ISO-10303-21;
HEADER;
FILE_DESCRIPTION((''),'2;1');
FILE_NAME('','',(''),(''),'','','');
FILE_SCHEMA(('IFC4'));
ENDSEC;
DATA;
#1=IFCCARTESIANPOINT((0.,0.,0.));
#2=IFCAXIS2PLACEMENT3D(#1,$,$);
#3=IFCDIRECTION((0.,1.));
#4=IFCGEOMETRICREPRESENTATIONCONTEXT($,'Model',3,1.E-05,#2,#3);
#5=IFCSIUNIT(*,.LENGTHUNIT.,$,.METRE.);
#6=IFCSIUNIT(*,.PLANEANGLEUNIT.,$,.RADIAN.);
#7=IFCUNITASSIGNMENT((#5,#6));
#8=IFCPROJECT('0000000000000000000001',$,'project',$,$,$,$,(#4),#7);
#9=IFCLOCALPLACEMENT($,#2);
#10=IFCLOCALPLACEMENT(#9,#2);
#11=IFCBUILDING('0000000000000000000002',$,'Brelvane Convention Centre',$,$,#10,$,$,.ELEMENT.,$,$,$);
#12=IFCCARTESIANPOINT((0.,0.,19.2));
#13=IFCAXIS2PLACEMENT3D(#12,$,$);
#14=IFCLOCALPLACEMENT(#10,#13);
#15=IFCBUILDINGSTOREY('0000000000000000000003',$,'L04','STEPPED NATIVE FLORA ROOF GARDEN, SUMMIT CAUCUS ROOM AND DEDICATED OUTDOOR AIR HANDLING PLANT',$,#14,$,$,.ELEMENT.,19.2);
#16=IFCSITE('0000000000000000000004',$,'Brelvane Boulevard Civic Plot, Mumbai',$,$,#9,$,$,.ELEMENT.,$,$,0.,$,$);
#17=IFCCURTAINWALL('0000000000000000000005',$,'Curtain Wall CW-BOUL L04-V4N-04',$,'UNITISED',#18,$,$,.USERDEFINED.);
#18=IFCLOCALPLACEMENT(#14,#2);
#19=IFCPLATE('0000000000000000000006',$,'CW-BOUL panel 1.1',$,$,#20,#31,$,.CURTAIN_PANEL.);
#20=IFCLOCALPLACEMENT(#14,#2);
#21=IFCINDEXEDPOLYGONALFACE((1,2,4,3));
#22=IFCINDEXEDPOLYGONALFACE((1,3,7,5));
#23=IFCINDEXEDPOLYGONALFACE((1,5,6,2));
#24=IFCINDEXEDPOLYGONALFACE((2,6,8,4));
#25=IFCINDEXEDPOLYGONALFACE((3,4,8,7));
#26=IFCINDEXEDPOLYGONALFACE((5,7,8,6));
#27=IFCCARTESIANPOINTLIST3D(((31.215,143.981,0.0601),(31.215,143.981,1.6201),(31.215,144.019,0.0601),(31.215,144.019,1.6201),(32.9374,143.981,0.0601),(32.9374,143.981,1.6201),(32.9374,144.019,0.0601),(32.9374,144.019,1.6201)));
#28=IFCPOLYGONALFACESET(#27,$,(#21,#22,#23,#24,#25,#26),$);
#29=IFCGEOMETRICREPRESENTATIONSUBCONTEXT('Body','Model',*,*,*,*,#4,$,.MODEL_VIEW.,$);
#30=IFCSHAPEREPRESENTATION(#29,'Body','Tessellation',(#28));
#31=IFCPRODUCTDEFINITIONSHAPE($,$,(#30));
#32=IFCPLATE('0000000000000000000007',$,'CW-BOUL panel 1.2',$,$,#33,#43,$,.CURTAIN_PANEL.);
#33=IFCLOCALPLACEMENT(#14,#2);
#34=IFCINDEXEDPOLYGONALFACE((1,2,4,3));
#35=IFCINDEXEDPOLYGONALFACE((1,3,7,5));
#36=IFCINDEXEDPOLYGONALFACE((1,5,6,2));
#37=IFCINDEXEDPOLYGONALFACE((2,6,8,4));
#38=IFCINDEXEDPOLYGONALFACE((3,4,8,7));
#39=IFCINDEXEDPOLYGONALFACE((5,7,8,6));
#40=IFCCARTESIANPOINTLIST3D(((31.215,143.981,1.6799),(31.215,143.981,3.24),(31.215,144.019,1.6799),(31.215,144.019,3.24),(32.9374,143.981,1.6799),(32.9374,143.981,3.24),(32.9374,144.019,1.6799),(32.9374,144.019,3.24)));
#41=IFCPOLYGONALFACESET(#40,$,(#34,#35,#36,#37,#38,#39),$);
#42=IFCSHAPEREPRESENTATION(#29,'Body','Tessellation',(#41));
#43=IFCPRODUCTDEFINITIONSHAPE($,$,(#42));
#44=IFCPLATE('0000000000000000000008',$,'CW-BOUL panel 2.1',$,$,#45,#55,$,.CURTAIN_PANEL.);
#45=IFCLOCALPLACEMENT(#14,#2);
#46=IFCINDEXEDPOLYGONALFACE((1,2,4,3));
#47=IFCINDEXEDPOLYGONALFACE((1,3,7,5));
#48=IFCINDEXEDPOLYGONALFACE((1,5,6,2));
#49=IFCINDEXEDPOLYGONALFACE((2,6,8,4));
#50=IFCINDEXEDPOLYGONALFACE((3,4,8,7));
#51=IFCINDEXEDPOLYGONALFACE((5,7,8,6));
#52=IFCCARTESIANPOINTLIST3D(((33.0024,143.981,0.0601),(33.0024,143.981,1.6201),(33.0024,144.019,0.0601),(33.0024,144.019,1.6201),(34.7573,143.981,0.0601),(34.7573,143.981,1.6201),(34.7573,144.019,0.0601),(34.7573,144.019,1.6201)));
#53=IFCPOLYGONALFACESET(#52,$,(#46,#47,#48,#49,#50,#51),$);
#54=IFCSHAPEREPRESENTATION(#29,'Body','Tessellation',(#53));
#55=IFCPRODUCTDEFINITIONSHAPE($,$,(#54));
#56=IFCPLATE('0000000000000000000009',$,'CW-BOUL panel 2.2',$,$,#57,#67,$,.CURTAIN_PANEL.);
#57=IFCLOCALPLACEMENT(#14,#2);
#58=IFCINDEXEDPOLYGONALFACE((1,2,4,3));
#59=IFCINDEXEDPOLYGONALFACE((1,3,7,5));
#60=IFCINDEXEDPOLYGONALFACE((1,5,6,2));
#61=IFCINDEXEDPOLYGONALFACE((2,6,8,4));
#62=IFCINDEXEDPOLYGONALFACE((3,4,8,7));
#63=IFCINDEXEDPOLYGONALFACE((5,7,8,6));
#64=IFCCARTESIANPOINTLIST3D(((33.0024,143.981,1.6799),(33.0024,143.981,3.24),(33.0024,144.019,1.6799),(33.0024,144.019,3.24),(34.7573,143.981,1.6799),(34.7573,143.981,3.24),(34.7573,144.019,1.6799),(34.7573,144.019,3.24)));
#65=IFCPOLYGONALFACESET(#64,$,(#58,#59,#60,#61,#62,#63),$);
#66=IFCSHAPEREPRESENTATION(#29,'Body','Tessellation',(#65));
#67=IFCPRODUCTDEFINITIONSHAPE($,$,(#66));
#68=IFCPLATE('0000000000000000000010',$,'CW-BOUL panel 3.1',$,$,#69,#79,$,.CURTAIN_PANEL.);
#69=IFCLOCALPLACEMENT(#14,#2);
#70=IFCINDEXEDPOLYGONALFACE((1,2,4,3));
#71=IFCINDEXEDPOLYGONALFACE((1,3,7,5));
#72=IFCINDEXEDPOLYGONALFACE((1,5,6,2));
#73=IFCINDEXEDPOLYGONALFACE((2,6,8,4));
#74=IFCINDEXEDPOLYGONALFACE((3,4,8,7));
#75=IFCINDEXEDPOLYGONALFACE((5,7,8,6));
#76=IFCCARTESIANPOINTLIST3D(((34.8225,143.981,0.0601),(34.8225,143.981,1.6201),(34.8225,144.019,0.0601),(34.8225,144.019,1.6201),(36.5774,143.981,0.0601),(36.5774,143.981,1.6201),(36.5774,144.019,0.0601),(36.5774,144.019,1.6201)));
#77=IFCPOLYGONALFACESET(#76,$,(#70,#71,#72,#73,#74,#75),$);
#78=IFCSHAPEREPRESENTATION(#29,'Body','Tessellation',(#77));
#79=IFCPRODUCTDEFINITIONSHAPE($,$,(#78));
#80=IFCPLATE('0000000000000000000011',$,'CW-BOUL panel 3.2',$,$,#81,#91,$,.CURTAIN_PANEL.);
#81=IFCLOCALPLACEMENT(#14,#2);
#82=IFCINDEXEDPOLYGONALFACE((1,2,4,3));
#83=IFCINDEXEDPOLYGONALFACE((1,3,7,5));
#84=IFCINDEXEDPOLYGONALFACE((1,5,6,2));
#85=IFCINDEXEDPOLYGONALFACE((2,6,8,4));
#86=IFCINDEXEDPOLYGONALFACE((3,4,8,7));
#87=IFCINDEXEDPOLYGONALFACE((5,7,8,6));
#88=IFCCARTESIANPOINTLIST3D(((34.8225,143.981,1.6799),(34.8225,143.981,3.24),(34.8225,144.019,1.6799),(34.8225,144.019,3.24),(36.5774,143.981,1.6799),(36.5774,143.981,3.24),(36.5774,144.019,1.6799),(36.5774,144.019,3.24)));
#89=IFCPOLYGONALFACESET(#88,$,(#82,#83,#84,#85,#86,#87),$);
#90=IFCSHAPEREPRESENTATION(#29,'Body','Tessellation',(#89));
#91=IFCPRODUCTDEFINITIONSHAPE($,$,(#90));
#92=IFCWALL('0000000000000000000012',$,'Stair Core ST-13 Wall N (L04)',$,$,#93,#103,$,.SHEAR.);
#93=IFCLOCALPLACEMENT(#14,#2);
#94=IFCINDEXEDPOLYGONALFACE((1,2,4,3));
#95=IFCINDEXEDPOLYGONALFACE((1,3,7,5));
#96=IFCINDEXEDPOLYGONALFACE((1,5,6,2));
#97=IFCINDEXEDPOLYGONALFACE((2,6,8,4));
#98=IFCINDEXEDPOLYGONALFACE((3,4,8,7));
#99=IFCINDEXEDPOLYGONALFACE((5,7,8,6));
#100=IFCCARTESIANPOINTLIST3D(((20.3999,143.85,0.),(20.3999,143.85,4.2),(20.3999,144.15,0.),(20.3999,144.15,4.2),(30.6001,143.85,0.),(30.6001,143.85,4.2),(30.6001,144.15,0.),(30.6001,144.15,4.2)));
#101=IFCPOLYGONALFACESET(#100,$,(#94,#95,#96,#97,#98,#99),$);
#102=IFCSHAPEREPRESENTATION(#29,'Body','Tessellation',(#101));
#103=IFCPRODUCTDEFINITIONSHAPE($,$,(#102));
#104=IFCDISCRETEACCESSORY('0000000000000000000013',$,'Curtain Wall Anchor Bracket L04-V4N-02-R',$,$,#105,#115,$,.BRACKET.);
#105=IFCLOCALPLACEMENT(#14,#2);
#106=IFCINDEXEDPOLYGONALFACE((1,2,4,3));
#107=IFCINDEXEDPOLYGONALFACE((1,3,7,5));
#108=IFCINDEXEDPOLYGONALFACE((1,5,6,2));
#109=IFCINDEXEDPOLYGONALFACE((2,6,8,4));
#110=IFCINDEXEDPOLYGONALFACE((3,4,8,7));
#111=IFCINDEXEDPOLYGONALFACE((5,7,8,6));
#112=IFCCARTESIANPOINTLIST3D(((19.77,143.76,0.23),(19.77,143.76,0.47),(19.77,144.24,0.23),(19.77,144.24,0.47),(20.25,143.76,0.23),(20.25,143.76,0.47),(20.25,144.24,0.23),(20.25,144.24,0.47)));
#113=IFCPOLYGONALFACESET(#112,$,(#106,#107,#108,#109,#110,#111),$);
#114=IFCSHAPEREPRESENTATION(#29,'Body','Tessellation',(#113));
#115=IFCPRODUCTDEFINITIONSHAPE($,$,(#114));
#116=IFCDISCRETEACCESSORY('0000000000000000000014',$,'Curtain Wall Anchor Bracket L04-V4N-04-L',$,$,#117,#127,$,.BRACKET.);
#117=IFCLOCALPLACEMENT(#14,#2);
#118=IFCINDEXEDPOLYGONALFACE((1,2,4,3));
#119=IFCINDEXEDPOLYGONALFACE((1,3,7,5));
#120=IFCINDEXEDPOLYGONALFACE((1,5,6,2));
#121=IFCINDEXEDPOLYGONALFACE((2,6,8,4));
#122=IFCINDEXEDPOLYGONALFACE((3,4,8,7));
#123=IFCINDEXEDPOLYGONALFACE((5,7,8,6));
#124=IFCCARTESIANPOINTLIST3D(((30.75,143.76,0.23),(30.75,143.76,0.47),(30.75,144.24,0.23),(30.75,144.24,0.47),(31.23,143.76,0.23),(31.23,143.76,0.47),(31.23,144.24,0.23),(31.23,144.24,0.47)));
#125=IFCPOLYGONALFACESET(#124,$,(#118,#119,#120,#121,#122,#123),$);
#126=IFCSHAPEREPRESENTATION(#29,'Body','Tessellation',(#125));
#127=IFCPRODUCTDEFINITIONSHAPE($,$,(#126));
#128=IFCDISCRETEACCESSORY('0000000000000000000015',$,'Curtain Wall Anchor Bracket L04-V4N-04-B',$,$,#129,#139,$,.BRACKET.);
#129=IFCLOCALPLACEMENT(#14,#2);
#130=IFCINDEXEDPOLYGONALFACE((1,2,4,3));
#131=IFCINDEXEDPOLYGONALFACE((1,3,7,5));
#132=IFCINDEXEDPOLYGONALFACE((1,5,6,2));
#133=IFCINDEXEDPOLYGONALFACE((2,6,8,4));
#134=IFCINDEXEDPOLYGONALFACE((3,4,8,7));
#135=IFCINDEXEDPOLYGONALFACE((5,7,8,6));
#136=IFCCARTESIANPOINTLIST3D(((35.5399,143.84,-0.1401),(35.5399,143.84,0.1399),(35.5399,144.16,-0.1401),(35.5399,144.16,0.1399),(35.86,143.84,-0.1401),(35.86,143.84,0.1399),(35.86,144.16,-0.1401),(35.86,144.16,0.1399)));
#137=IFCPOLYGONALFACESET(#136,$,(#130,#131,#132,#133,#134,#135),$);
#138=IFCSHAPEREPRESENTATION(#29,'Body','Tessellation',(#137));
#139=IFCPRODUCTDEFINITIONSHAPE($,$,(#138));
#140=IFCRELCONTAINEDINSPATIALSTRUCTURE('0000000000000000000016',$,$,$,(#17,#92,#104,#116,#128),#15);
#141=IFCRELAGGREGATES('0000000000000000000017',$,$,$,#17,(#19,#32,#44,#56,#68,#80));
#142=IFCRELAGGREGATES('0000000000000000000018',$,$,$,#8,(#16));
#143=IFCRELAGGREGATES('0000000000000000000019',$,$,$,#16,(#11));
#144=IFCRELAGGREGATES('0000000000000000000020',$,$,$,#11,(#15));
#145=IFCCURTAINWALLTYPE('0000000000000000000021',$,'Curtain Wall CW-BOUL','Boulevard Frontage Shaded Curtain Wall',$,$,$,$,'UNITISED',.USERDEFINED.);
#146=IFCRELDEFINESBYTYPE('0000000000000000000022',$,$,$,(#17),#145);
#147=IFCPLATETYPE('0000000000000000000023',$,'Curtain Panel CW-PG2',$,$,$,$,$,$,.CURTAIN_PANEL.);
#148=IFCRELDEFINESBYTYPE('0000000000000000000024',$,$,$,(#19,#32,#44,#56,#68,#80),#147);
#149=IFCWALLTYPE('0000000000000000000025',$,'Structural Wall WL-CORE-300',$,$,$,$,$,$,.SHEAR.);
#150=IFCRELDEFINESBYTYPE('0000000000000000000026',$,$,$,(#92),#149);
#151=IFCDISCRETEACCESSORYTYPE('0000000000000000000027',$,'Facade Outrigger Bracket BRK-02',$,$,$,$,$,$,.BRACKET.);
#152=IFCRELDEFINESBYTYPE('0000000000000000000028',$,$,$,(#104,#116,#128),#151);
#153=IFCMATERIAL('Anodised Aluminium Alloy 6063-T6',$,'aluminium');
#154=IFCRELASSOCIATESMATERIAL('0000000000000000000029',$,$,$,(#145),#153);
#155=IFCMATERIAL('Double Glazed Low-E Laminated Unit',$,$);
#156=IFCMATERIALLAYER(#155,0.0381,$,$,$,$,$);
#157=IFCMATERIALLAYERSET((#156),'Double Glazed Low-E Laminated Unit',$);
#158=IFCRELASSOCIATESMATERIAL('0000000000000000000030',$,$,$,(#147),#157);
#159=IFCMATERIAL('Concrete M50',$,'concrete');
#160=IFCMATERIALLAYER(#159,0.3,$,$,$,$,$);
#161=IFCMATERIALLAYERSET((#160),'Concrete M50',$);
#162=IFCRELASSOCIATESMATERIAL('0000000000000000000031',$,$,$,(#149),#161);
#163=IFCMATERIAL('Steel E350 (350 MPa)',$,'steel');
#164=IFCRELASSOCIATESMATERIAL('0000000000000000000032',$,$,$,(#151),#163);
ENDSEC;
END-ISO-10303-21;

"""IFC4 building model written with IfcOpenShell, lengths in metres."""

from ifc_helpers import new_model, si_unit, direction, frame, frame_2d, origin, origin_2d, place, context, subcontext, project, spatial, rectangle, extrude, material, layer, layer_set, type_object, element, aggregate, save


model = new_model("IFC4")

# Units and contexts
model_context = context("Model", 3, precision=1e-05, world=origin(), true_north=direction((0.0, 1.0)))
body_context = subcontext(model_context, "Body", "Model", "MODEL_VIEW")
ifc_project = project(units=[si_unit("LENGTHUNIT", "METRE"), si_unit("PLANEANGLEUNIT", "RADIAN")], contexts=[model_context])

# Site, building, storey
site_placement = place(None, origin())
site = spatial("IfcSite", under=ifc_project, at=site_placement, Name="Brelvane Boulevard Civic Plot, Mumbai", CompositionType="ELEMENT", RefElevation=0.0)
building_placement = place(site_placement, origin())
building = spatial("IfcBuilding", under=site, at=building_placement, Name="Brelvane Convention Centre", CompositionType="ELEMENT")
storey_placement = place(building_placement, frame((0.0, 0.0, 19.2)))
storey = spatial("IfcBuildingStorey", under=building, at=storey_placement, Name="L04", Description="STEPPED NATIVE FLORA ROOF GARDEN, SUMMIT CAUCUS ROOM AND DEDICATED OUTDOOR AIR HANDLING PLANT", CompositionType="ELEMENT", Elevation=19.2)

# Shared definitions
ifc_material_1 = material(Name="Anodised Aluminium Alloy 6063-T6", Category="aluminium")
curtain_wall_type = type_object("IfcCurtainWallType", Name="Curtain Wall CW-BOUL", Description="Boulevard Frontage Shaded Curtain Wall", ElementType="UNITISED", PredefinedType="USERDEFINED", material=ifc_material_1)

# Curtain wall
curtain_wall_1_placement = place(storey_placement, origin())
curtain_wall_1 = element("IfcCurtainWall", 1, at=curtain_wall_1_placement, inside=storey, type_object=curtain_wall_type, Name="Curtain Wall CW-BOUL L04-V4N-04", ObjectType="UNITISED", PredefinedType="USERDEFINED")

# Plates
ifc_material_2 = material(Name="Double Glazed Low-E Laminated Unit")
ifc_layer_1 = layer(ifc_material_2, 0.0381)
ifc_layer_set_1 = layer_set([ifc_layer_1], Name="Double Glazed Low-E Laminated Unit")
plate_type = type_object("IfcPlateType", Name="Curtain Panel CW-PG2", PredefinedType="CURTAIN_PANEL", material=ifc_layer_set_1)
plate_1_placement = place(storey_placement, frame((32.0762, 144.0, 0.0601), z_axis=(0.0, 0.0, 1.0), x_axis=(1.0, 0.0, 0.0)))
plate_1 = element("IfcPlate", 2, at=plate_1_placement, type_object=plate_type, Name="CW-BOUL panel 1.1", PredefinedType="CURTAIN_PANEL", context=body_context, shape_type="SweptSolid", body=[
    extrude(rectangle(XDim=1.7224, YDim=0.0381, at=origin_2d()), origin(), (0.0, 0.0, 1.0), 1.5601),
])
plate_2_placement = place(storey_placement, frame((32.0762, 144.0, 1.6799), z_axis=(0.0, 0.0, 1.0), x_axis=(1.0, 0.0, 0.0)))
plate_2 = element("IfcPlate", 3, at=plate_2_placement, type_object=plate_type, Name="CW-BOUL panel 1.2", PredefinedType="CURTAIN_PANEL", context=body_context, shape_type="SweptSolid", body=[
    extrude(rectangle(XDim=1.7224, YDim=0.0381, at=origin_2d()), origin(), (0.0, 0.0, 1.0), 1.5601),
])
plate_3_placement = place(storey_placement, frame((33.8799, 144.0, 0.0601), z_axis=(0.0, 0.0, 1.0), x_axis=(1.0, 0.0, 0.0)))
plate_3 = element("IfcPlate", 4, at=plate_3_placement, type_object=plate_type, Name="CW-BOUL panel 2.1", PredefinedType="CURTAIN_PANEL", context=body_context, shape_type="SweptSolid", body=[
    extrude(rectangle(XDim=1.7549, YDim=0.0381, at=origin_2d()), origin(), (0.0, 0.0, 1.0), 1.5601),
])
plate_4_placement = place(storey_placement, frame((33.8799, 144.0, 1.6799), z_axis=(0.0, 0.0, 1.0), x_axis=(1.0, 0.0, 0.0)))
plate_4 = element("IfcPlate", 5, at=plate_4_placement, type_object=plate_type, Name="CW-BOUL panel 2.2", PredefinedType="CURTAIN_PANEL", context=body_context, shape_type="SweptSolid", body=[
    extrude(rectangle(XDim=1.7549, YDim=0.0381, at=origin_2d()), origin(), (0.0, 0.0, 1.0), 1.5601),
])
plate_5_placement = place(storey_placement, frame((35.7, 144.0, 0.0601), z_axis=(0.0, 0.0, 1.0), x_axis=(1.0, 0.0, 0.0)))
plate_5 = element("IfcPlate", 6, at=plate_5_placement, type_object=plate_type, Name="CW-BOUL panel 3.1", PredefinedType="CURTAIN_PANEL", context=body_context, shape_type="SweptSolid", body=[
    extrude(rectangle(XDim=1.7549, YDim=0.0381, at=origin_2d()), origin(), (0.0, 0.0, 1.0), 1.5601),
])
plate_6_placement = place(storey_placement, frame((35.7, 144.0, 1.6799), z_axis=(0.0, 0.0, 1.0), x_axis=(1.0, 0.0, 0.0)))
plate_6 = element("IfcPlate", 7, at=plate_6_placement, type_object=plate_type, Name="CW-BOUL panel 3.2", PredefinedType="CURTAIN_PANEL", context=body_context, shape_type="SweptSolid", body=[
    extrude(rectangle(XDim=1.7549, YDim=0.0381, at=origin_2d()), origin(), (0.0, 0.0, 1.0), 1.5601),
])
aggregate(curtain_wall_1, [plate_1, plate_2, plate_3, plate_4, plate_5, plate_6])

# Wall
ifc_material_3 = material(Name="Concrete M50", Category="concrete")
ifc_layer_2 = layer(ifc_material_3, 0.3)
ifc_layer_set_2 = layer_set([ifc_layer_2], Name="Concrete M50")
wall_type = type_object("IfcWallType", Name="Structural Wall WL-CORE-300", PredefinedType="SHEAR", material=ifc_layer_set_2)
wall_placement = place(storey_placement, frame((20.3999, 144.0, 0.0), z_axis=(0.0, 0.0, 1.0), x_axis=(1.0, 0.0, 0.0)))
element("IfcWall", 8, at=wall_placement, inside=storey, type_object=wall_type, Name="Stair Core ST-13 Wall N (L04)", PredefinedType="SHEAR", context=body_context, shape_type="SweptSolid", body=[
    extrude(rectangle(XDim=10.2002, YDim=0.3, at=frame_2d((5.1001, 0.0))), origin(), (0.0, 0.0, 1.0), 4.2),
])

# Discrete accessories
ifc_material_4 = material(Name="Steel E350 (350 MPa)", Category="steel")
discrete_accessory_type = type_object("IfcDiscreteAccessoryType", Name="Facade Outrigger Bracket BRK-02", PredefinedType="BRACKET", material=ifc_material_4)
for number, where, z_axis, x_axis, name in (
    (9, (20.01, 144.0, 0.23), (0.0, 0.0, 1.0), (1.0, 0.0, 0.0), "Curtain Wall Anchor Bracket L04-V4N-02-R"),
    (10, (30.99, 144.0, 0.23), (0.0, 0.0, 1.0), (1.0, 0.0, 0.0), "Curtain Wall Anchor Bracket L04-V4N-04-L"),
):
    element("IfcDiscreteAccessory", number, at=place(storey_placement, frame(where, z_axis=z_axis, x_axis=x_axis)), inside=storey, type_object=discrete_accessory_type, Name=name, PredefinedType="BRACKET", context=body_context, shape_type="SweptSolid", body=[
        extrude(rectangle(XDim=0.48, YDim=0.48, at=origin_2d()), origin(), (0.0, 0.0, 1.0), 0.24),
    ])
discrete_accessory_placement = place(storey_placement, frame((35.7, 144.0, -0.1401), z_axis=(0.0, 0.0, 1.0), x_axis=(1.0, 0.0, 0.0)))
element("IfcDiscreteAccessory", 11, at=discrete_accessory_placement, inside=storey, type_object=discrete_accessory_type, Name="Curtain Wall Anchor Bracket L04-V4N-04-B", PredefinedType="BRACKET", context=body_context, shape_type="SweptSolid", body=[
    extrude(rectangle(XDim=0.3201, YDim=0.3201, at=origin_2d()), origin(), (0.0, 0.0, 1.0), 0.28),
])

save(model, "model.ifc")
